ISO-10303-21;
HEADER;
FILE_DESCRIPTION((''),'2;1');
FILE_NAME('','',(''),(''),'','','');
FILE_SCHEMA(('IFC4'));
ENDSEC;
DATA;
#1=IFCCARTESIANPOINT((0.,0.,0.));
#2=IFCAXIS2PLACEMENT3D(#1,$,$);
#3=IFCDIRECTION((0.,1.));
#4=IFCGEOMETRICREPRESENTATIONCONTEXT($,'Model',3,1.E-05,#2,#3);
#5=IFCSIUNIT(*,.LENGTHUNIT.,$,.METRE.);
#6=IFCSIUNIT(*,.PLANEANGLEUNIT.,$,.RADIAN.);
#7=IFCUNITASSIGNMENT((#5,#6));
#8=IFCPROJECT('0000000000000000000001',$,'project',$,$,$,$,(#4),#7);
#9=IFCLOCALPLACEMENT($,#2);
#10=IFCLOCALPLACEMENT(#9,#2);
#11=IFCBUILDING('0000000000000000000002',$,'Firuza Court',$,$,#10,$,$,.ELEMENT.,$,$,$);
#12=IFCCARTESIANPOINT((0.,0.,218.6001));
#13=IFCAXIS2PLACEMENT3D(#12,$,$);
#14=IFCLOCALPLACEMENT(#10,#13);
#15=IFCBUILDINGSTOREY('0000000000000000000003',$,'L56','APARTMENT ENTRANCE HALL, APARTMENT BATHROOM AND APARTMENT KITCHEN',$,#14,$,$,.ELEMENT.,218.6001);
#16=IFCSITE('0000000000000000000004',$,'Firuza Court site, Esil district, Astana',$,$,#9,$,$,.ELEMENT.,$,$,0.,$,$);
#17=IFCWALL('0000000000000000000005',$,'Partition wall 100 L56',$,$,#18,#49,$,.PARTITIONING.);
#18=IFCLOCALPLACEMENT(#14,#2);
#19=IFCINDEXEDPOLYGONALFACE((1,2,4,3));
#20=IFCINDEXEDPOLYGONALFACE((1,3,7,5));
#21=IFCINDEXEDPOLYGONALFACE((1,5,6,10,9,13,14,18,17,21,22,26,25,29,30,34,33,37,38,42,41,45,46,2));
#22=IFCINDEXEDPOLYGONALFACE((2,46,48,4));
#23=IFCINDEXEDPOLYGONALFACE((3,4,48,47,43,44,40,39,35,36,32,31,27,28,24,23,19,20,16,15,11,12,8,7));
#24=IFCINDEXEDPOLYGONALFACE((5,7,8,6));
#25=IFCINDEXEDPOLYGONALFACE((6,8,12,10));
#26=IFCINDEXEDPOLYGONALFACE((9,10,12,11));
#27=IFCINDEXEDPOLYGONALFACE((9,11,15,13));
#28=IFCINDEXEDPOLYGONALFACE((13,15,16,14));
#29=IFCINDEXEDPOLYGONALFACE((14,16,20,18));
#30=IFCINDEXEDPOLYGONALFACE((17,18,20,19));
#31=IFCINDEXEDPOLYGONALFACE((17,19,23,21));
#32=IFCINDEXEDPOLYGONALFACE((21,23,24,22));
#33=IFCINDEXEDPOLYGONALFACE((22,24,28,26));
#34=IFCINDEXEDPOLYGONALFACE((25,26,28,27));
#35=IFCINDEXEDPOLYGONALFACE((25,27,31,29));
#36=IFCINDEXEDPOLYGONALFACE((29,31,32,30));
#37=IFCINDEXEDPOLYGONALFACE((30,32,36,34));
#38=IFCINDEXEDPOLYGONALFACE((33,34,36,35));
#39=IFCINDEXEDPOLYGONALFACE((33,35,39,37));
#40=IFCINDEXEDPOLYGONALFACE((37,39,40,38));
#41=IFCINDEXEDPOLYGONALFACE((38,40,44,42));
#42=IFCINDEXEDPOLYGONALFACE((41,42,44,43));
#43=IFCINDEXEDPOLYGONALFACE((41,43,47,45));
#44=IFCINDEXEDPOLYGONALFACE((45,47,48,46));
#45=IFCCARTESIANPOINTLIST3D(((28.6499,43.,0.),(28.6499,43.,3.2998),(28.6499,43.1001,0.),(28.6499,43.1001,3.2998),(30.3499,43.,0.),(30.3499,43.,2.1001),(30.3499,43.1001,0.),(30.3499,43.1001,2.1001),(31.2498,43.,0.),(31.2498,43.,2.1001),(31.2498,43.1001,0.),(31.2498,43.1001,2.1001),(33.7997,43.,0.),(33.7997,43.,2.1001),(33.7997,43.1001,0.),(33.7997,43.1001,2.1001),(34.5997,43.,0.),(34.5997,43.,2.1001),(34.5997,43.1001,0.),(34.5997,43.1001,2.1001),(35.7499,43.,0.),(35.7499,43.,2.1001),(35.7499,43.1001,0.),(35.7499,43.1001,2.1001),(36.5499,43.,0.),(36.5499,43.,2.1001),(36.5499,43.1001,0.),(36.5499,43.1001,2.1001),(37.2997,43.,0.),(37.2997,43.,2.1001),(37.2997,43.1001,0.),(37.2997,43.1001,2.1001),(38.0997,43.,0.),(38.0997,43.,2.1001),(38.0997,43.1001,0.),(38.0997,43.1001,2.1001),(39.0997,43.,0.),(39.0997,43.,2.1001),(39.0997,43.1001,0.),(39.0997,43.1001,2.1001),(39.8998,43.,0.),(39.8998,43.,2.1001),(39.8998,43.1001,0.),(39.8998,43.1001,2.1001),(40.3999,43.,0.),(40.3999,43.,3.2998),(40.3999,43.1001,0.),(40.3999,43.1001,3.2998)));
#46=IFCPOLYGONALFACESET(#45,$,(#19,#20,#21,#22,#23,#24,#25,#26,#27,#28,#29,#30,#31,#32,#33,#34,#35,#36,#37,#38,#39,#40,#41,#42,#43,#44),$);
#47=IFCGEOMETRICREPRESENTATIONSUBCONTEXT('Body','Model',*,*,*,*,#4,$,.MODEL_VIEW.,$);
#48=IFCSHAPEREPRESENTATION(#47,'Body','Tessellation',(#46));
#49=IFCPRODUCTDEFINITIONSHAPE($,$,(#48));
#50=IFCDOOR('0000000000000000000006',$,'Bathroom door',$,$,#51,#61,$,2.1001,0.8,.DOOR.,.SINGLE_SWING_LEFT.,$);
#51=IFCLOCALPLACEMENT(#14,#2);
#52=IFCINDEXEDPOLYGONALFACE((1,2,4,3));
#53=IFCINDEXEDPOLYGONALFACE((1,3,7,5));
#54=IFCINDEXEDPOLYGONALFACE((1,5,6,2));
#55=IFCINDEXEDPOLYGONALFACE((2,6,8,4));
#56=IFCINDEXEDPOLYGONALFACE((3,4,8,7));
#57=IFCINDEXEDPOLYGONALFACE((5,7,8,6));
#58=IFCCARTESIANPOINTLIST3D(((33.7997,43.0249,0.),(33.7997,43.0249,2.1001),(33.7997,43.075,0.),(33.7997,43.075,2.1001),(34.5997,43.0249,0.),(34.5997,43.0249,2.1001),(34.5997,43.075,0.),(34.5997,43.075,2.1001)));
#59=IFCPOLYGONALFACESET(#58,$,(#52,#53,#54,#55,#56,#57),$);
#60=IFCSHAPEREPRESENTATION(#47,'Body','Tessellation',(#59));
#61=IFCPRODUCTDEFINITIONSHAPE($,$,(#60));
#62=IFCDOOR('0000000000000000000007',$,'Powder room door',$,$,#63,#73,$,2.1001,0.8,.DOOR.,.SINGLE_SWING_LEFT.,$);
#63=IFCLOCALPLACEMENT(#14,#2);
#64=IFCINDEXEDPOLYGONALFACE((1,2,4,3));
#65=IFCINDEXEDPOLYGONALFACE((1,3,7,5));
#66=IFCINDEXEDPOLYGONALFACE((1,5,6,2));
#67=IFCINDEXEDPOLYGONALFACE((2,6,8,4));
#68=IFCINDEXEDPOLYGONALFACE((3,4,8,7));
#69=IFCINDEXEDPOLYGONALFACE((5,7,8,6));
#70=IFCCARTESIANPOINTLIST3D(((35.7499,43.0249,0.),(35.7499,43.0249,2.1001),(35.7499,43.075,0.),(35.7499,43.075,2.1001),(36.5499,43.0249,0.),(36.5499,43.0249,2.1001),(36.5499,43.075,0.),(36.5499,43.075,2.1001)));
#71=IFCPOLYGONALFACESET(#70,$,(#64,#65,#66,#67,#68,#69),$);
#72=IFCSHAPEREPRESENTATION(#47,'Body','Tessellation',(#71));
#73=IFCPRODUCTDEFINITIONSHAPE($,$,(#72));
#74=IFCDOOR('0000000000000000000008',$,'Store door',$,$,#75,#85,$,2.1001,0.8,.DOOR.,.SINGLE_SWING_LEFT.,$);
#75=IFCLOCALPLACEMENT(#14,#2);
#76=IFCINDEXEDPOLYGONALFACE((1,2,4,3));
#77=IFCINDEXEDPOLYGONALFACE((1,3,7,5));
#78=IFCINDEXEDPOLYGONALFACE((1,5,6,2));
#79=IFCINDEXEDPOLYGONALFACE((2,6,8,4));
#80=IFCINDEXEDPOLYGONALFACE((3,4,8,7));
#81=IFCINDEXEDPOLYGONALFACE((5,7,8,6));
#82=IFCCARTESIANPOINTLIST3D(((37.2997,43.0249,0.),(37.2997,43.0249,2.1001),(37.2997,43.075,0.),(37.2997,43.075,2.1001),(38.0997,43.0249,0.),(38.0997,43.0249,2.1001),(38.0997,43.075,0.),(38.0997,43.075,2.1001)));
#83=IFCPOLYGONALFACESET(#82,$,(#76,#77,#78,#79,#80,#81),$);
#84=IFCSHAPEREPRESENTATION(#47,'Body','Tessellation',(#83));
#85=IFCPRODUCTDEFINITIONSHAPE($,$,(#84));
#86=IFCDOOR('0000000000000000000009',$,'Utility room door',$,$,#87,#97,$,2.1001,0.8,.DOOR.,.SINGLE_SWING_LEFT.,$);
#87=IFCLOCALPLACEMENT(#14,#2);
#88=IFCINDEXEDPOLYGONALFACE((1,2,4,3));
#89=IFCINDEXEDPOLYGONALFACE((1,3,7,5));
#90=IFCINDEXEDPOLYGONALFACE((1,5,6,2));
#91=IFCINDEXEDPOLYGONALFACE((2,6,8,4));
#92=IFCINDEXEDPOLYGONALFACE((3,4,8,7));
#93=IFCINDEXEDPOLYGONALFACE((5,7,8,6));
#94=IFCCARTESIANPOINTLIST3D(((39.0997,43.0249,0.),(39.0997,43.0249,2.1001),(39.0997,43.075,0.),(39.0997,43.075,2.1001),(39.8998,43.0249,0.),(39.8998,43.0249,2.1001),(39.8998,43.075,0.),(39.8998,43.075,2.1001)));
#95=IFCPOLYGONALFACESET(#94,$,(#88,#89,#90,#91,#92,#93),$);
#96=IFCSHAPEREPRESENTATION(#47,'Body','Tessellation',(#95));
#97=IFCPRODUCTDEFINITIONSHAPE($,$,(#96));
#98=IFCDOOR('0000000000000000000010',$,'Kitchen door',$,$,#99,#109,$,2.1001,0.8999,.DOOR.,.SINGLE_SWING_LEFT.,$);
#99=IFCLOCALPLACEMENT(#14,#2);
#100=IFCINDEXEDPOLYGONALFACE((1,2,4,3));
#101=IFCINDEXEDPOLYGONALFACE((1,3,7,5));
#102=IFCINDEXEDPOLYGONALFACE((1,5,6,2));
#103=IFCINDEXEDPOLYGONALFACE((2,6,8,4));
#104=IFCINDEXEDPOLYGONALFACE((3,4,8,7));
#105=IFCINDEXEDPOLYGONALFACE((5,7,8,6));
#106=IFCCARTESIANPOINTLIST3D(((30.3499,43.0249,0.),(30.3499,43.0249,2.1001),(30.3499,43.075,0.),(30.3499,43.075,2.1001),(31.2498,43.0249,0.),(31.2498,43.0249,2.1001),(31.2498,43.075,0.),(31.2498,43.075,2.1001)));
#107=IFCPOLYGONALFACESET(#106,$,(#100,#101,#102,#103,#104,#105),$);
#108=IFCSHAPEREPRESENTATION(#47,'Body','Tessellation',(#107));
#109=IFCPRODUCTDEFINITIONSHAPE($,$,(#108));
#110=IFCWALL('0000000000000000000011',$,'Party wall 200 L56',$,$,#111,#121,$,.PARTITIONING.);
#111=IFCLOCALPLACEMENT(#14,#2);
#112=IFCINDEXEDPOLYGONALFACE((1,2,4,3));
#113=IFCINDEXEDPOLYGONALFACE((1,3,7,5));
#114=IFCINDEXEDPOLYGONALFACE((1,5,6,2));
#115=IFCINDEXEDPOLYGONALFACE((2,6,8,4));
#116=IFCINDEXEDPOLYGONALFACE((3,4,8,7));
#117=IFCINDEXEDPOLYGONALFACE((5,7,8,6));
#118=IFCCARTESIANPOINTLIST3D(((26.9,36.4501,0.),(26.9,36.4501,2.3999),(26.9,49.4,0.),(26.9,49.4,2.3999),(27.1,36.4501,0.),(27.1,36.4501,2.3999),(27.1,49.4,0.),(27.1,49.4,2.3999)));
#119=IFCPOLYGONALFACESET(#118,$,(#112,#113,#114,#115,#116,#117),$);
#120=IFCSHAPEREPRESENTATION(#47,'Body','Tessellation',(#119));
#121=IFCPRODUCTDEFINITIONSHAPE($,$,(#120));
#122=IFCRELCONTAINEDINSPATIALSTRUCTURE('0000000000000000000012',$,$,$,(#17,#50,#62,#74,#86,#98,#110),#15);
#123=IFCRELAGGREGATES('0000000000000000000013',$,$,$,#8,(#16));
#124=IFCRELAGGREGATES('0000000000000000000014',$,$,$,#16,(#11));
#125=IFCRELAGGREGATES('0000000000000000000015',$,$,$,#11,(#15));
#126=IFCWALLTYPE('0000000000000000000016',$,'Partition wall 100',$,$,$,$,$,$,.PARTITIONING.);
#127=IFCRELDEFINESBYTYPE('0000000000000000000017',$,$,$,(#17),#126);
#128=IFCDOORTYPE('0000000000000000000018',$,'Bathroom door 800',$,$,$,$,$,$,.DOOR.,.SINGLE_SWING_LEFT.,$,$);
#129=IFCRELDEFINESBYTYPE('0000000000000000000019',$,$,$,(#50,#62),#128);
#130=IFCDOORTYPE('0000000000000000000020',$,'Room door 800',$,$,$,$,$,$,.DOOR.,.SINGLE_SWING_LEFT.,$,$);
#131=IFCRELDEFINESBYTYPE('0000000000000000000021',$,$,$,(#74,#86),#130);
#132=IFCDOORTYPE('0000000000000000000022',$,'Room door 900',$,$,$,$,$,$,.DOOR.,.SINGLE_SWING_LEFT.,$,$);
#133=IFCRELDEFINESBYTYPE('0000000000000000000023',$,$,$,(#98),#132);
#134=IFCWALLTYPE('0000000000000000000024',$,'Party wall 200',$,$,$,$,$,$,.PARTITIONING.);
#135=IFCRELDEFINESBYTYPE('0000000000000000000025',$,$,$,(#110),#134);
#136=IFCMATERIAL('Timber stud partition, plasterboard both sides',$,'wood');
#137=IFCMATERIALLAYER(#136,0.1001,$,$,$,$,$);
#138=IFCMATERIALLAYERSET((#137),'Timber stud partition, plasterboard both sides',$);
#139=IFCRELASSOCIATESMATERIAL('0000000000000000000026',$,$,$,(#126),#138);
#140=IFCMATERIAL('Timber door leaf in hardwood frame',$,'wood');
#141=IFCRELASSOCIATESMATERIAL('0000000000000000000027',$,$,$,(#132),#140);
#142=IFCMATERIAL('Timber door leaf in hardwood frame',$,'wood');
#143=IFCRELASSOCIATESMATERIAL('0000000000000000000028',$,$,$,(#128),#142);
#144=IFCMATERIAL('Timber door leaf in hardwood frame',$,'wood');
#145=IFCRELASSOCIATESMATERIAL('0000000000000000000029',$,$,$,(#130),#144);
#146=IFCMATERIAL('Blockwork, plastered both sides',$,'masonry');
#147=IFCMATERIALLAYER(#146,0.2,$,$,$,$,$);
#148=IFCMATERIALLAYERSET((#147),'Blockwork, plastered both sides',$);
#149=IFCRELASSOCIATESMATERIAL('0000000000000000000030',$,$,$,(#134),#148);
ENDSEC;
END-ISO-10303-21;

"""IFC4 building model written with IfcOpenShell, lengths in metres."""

from ifc_helpers import new_model, si_unit, direction, frame, frame_2d, origin, place, context, subcontext, project, spatial, rectangle, extrude, material, layer, layer_set, type_object, element, fill, save


model = new_model("IFC4")

# Units and contexts
model_context = context("Model", 3, precision=1e-05, world=origin(), true_north=direction((0.0, 1.0)))
body_context = subcontext(model_context, "Body", "Model", "MODEL_VIEW")
ifc_project = project(units=[si_unit("LENGTHUNIT", "METRE"), si_unit("PLANEANGLEUNIT", "RADIAN")], contexts=[model_context])

# Site, building, storey
site_placement = place(None, origin())
site = spatial("IfcSite", under=ifc_project, at=site_placement, Name="Firuza Court site, Esil district, Astana", CompositionType="ELEMENT", RefElevation=0.0)
building_placement = place(site_placement, origin())
building = spatial("IfcBuilding", under=site, at=building_placement, Name="Firuza Court", CompositionType="ELEMENT")
storey_placement = place(building_placement, frame((0.0, 0.0, 218.6001)))
storey = spatial("IfcBuildingStorey", under=building, at=storey_placement, Name="L56", Description="APARTMENT ENTRANCE HALL, APARTMENT BATHROOM AND APARTMENT KITCHEN", CompositionType="ELEMENT", Elevation=218.6001)

# Shared definitions
ifc_material_1 = material(Name="Timber stud partition, plasterboard both sides", Category="wood")
ifc_layer_1 = layer(ifc_material_1, 0.1001)
ifc_layer_set_1 = layer_set([ifc_layer_1], Name="Timber stud partition, plasterboard both sides")
wall_type_1 = type_object("IfcWallType", Name="Partition wall 100", PredefinedType="PARTITIONING", material=ifc_layer_set_1)
ifc_material_2 = material(Name="Timber door leaf in hardwood frame", Category="wood")
door_type_1 = type_object("IfcDoorType", Name="Room door 900", OperationType="SINGLE_SWING_LEFT", PredefinedType="DOOR", material=ifc_material_2)

# Wall, openings, doors
wall_1_placement = place(storey_placement, frame((28.6499, 43.05, 0.0), z_axis=(0.0, 0.0, 1.0), x_axis=(1.0, 0.0, 0.0)))
wall_1 = element("IfcWall", 1, at=wall_1_placement, inside=storey, type_object=wall_type_1, Name="Partition wall 100 L56", PredefinedType="PARTITIONING", context=body_context, shape_type="SweptSolid", body=[
    extrude(rectangle(XDim=11.75, YDim=0.1001, at=frame_2d((5.875, 0.0))), origin(), (0.0, 0.0, 1.0), 3.2998),
])
opening_1_placement = place(wall_1_placement, frame((5.1499, 0.0, 0.0)))
opening_1 = element("IfcOpeningElement", 2, at=opening_1_placement, cuts=wall_1, PredefinedType="OPENING", context=body_context, shape_type="SweptSolid", body=[
    extrude(rectangle(XDim=0.8, YDim=2.1001, at=frame_2d((0.3999, 1.05))), frame((0.0, 0.062, 0.0), z_axis=(0.0, -1.0, 0.0), x_axis=(1.0, 0.0, 0.0)), (0.0, 0.0, 1.0), 0.124),
])
opening_2_placement = place(wall_1_placement, frame((1.7, 0.0, 0.0)))
opening_2 = element("IfcOpeningElement", 3, at=opening_2_placement, cuts=wall_1, PredefinedType="OPENING", context=body_context, shape_type="SweptSolid", body=[
    extrude(rectangle(XDim=0.8999, YDim=2.1001, at=frame_2d((0.45, 1.05))), frame((0.0, 0.062, 0.0), z_axis=(0.0, -1.0, 0.0), x_axis=(1.0, 0.0, 0.0)), (0.0, 0.0, 1.0), 0.124),
])
opening_3_placement = place(wall_1_placement, frame((8.6499, 0.0, 0.0)))
opening_3 = element("IfcOpeningElement", 4, at=opening_3_placement, cuts=wall_1, PredefinedType="OPENING", context=body_context, shape_type="SweptSolid", body=[
    extrude(rectangle(XDim=0.8, YDim=2.1001, at=frame_2d((0.3999, 1.05))), frame((0.0, 0.062, 0.0), z_axis=(0.0, -1.0, 0.0), x_axis=(1.0, 0.0, 0.0)), (0.0, 0.0, 1.0), 0.124),
])
opening_4_placement = place(wall_1_placement, frame((10.45, 0.0, 0.0)))
opening_4 = element("IfcOpeningElement", 5, at=opening_4_placement, cuts=wall_1, PredefinedType="OPENING", context=body_context, shape_type="SweptSolid", body=[
    extrude(rectangle(XDim=0.8, YDim=2.1001, at=frame_2d((0.3999, 1.05))), frame((0.0, 0.062, 0.0), z_axis=(0.0, -1.0, 0.0), x_axis=(1.0, 0.0, 0.0)), (0.0, 0.0, 1.0), 0.124),
])
opening_5_placement = place(wall_1_placement, frame((7.1001, 0.0, 0.0)))
opening_5 = element("IfcOpeningElement", 6, at=opening_5_placement, cuts=wall_1, PredefinedType="OPENING", context=body_context, shape_type="SweptSolid", body=[
    extrude(rectangle(XDim=0.8, YDim=2.1001, at=frame_2d((0.3999, 1.05))), frame((0.0, 0.062, 0.0), z_axis=(0.0, -1.0, 0.0), x_axis=(1.0, 0.0, 0.0)), (0.0, 0.0, 1.0), 0.124),
])
ifc_material_3 = material(Name="Timber door leaf in hardwood frame", Category="wood")
door_type_2 = type_object("IfcDoorType", Name="Bathroom door 800", OperationType="SINGLE_SWING_LEFT", PredefinedType="DOOR", material=ifc_material_3)
door_1_placement = place(opening_1_placement, origin())
door_1 = element("IfcDoor", 7, at=door_1_placement, inside=storey, type_object=door_type_2, Name="Bathroom door", OperationType="SINGLE_SWING_LEFT", OverallHeight=2.1001, OverallWidth=0.8, PredefinedType="DOOR", context=body_context, shape_type="SweptSolid", body=[
    extrude(rectangle(XDim=0.8, YDim=2.1001, at=frame_2d((0.3999, 1.05))), frame((0.0, 0.0249, 0.0), z_axis=(0.0, -1.0, 0.0), x_axis=(1.0, 0.0, 0.0)), (0.0, 0.0, 1.0), 0.05),
])
fill(opening_1, door_1)
door_2_placement = place(opening_5_placement, origin())
door_2 = element("IfcDoor", 8, at=door_2_placement, inside=storey, type_object=door_type_2, Name="Powder room door", OperationType="SINGLE_SWING_LEFT", OverallHeight=2.1001, OverallWidth=0.8, PredefinedType="DOOR", context=body_context, shape_type="SweptSolid", body=[
    extrude(rectangle(XDim=0.8, YDim=2.1001, at=frame_2d((0.3999, 1.05))), frame((0.0, 0.0249, 0.0), z_axis=(0.0, -1.0, 0.0), x_axis=(1.0, 0.0, 0.0)), (0.0, 0.0, 1.0), 0.05),
])
fill(opening_5, door_2)
ifc_material_4 = material(Name="Timber door leaf in hardwood frame", Category="wood")
door_type_3 = type_object("IfcDoorType", Name="Room door 800", OperationType="SINGLE_SWING_LEFT", PredefinedType="DOOR", material=ifc_material_4)
door_3_placement = place(opening_3_placement, origin())
door_3 = element("IfcDoor", 9, at=door_3_placement, inside=storey, type_object=door_type_3, Name="Store door", OperationType="SINGLE_SWING_LEFT", OverallHeight=2.1001, OverallWidth=0.8, PredefinedType="DOOR", context=body_context, shape_type="SweptSolid", body=[
    extrude(rectangle(XDim=0.8, YDim=2.1001, at=frame_2d((0.3999, 1.05))), frame((0.0, 0.0249, 0.0), z_axis=(0.0, -1.0, 0.0), x_axis=(1.0, 0.0, 0.0)), (0.0, 0.0, 1.0), 0.05),
])
fill(opening_3, door_3)
door_4_placement = place(opening_4_placement, origin())
door_4 = element("IfcDoor", 10, at=door_4_placement, inside=storey, type_object=door_type_3, Name="Utility room door", OperationType="SINGLE_SWING_LEFT", OverallHeight=2.1001, OverallWidth=0.8, PredefinedType="DOOR", context=body_context, shape_type="SweptSolid", body=[
    extrude(rectangle(XDim=0.8, YDim=2.1001, at=frame_2d((0.3999, 1.05))), frame((0.0, 0.0249, 0.0), z_axis=(0.0, -1.0, 0.0), x_axis=(1.0, 0.0, 0.0)), (0.0, 0.0, 1.0), 0.05),
])
fill(opening_4, door_4)
door_5_placement = place(opening_2_placement, origin())
door_5 = element("IfcDoor", 11, at=door_5_placement, inside=storey, type_object=door_type_1, Name="Kitchen door", OperationType="SINGLE_SWING_LEFT", OverallHeight=2.1001, OverallWidth=0.8999, PredefinedType="DOOR", context=body_context, shape_type="SweptSolid", body=[
    extrude(rectangle(XDim=0.8999, YDim=2.1001, at=frame_2d((0.45, 1.05))), frame((0.0, 0.0249, 0.0), z_axis=(0.0, -1.0, 0.0), x_axis=(1.0, 0.0, 0.0)), (0.0, 0.0, 1.0), 0.05),
])
fill(opening_2, door_5)

# Wall
ifc_material_5 = material(Name="Blockwork, plastered both sides", Category="masonry")
ifc_layer_2 = layer(ifc_material_5, 0.2)
ifc_layer_set_2 = layer_set([ifc_layer_2], Name="Blockwork, plastered both sides")
wall_type_2 = type_object("IfcWallType", Name="Party wall 200", PredefinedType="PARTITIONING", material=ifc_layer_set_2)
wall_2_placement = place(storey_placement, frame((27.0, 36.45, 0.0), z_axis=(0.0, 0.0, 1.0), x_axis=(0.0, 1.0, 0.0)))
element("IfcWall", 12, at=wall_2_placement, inside=storey, type_object=wall_type_2, Name="Party wall 200 L56", PredefinedType="PARTITIONING", context=body_context, shape_type="SweptSolid", body=[
    extrude(rectangle(XDim=12.95, YDim=0.2, at=frame_2d((6.4751, 0.0))), origin(), (0.0, 0.0, 1.0), 2.3999),
])

save(model, "model.ifc")
